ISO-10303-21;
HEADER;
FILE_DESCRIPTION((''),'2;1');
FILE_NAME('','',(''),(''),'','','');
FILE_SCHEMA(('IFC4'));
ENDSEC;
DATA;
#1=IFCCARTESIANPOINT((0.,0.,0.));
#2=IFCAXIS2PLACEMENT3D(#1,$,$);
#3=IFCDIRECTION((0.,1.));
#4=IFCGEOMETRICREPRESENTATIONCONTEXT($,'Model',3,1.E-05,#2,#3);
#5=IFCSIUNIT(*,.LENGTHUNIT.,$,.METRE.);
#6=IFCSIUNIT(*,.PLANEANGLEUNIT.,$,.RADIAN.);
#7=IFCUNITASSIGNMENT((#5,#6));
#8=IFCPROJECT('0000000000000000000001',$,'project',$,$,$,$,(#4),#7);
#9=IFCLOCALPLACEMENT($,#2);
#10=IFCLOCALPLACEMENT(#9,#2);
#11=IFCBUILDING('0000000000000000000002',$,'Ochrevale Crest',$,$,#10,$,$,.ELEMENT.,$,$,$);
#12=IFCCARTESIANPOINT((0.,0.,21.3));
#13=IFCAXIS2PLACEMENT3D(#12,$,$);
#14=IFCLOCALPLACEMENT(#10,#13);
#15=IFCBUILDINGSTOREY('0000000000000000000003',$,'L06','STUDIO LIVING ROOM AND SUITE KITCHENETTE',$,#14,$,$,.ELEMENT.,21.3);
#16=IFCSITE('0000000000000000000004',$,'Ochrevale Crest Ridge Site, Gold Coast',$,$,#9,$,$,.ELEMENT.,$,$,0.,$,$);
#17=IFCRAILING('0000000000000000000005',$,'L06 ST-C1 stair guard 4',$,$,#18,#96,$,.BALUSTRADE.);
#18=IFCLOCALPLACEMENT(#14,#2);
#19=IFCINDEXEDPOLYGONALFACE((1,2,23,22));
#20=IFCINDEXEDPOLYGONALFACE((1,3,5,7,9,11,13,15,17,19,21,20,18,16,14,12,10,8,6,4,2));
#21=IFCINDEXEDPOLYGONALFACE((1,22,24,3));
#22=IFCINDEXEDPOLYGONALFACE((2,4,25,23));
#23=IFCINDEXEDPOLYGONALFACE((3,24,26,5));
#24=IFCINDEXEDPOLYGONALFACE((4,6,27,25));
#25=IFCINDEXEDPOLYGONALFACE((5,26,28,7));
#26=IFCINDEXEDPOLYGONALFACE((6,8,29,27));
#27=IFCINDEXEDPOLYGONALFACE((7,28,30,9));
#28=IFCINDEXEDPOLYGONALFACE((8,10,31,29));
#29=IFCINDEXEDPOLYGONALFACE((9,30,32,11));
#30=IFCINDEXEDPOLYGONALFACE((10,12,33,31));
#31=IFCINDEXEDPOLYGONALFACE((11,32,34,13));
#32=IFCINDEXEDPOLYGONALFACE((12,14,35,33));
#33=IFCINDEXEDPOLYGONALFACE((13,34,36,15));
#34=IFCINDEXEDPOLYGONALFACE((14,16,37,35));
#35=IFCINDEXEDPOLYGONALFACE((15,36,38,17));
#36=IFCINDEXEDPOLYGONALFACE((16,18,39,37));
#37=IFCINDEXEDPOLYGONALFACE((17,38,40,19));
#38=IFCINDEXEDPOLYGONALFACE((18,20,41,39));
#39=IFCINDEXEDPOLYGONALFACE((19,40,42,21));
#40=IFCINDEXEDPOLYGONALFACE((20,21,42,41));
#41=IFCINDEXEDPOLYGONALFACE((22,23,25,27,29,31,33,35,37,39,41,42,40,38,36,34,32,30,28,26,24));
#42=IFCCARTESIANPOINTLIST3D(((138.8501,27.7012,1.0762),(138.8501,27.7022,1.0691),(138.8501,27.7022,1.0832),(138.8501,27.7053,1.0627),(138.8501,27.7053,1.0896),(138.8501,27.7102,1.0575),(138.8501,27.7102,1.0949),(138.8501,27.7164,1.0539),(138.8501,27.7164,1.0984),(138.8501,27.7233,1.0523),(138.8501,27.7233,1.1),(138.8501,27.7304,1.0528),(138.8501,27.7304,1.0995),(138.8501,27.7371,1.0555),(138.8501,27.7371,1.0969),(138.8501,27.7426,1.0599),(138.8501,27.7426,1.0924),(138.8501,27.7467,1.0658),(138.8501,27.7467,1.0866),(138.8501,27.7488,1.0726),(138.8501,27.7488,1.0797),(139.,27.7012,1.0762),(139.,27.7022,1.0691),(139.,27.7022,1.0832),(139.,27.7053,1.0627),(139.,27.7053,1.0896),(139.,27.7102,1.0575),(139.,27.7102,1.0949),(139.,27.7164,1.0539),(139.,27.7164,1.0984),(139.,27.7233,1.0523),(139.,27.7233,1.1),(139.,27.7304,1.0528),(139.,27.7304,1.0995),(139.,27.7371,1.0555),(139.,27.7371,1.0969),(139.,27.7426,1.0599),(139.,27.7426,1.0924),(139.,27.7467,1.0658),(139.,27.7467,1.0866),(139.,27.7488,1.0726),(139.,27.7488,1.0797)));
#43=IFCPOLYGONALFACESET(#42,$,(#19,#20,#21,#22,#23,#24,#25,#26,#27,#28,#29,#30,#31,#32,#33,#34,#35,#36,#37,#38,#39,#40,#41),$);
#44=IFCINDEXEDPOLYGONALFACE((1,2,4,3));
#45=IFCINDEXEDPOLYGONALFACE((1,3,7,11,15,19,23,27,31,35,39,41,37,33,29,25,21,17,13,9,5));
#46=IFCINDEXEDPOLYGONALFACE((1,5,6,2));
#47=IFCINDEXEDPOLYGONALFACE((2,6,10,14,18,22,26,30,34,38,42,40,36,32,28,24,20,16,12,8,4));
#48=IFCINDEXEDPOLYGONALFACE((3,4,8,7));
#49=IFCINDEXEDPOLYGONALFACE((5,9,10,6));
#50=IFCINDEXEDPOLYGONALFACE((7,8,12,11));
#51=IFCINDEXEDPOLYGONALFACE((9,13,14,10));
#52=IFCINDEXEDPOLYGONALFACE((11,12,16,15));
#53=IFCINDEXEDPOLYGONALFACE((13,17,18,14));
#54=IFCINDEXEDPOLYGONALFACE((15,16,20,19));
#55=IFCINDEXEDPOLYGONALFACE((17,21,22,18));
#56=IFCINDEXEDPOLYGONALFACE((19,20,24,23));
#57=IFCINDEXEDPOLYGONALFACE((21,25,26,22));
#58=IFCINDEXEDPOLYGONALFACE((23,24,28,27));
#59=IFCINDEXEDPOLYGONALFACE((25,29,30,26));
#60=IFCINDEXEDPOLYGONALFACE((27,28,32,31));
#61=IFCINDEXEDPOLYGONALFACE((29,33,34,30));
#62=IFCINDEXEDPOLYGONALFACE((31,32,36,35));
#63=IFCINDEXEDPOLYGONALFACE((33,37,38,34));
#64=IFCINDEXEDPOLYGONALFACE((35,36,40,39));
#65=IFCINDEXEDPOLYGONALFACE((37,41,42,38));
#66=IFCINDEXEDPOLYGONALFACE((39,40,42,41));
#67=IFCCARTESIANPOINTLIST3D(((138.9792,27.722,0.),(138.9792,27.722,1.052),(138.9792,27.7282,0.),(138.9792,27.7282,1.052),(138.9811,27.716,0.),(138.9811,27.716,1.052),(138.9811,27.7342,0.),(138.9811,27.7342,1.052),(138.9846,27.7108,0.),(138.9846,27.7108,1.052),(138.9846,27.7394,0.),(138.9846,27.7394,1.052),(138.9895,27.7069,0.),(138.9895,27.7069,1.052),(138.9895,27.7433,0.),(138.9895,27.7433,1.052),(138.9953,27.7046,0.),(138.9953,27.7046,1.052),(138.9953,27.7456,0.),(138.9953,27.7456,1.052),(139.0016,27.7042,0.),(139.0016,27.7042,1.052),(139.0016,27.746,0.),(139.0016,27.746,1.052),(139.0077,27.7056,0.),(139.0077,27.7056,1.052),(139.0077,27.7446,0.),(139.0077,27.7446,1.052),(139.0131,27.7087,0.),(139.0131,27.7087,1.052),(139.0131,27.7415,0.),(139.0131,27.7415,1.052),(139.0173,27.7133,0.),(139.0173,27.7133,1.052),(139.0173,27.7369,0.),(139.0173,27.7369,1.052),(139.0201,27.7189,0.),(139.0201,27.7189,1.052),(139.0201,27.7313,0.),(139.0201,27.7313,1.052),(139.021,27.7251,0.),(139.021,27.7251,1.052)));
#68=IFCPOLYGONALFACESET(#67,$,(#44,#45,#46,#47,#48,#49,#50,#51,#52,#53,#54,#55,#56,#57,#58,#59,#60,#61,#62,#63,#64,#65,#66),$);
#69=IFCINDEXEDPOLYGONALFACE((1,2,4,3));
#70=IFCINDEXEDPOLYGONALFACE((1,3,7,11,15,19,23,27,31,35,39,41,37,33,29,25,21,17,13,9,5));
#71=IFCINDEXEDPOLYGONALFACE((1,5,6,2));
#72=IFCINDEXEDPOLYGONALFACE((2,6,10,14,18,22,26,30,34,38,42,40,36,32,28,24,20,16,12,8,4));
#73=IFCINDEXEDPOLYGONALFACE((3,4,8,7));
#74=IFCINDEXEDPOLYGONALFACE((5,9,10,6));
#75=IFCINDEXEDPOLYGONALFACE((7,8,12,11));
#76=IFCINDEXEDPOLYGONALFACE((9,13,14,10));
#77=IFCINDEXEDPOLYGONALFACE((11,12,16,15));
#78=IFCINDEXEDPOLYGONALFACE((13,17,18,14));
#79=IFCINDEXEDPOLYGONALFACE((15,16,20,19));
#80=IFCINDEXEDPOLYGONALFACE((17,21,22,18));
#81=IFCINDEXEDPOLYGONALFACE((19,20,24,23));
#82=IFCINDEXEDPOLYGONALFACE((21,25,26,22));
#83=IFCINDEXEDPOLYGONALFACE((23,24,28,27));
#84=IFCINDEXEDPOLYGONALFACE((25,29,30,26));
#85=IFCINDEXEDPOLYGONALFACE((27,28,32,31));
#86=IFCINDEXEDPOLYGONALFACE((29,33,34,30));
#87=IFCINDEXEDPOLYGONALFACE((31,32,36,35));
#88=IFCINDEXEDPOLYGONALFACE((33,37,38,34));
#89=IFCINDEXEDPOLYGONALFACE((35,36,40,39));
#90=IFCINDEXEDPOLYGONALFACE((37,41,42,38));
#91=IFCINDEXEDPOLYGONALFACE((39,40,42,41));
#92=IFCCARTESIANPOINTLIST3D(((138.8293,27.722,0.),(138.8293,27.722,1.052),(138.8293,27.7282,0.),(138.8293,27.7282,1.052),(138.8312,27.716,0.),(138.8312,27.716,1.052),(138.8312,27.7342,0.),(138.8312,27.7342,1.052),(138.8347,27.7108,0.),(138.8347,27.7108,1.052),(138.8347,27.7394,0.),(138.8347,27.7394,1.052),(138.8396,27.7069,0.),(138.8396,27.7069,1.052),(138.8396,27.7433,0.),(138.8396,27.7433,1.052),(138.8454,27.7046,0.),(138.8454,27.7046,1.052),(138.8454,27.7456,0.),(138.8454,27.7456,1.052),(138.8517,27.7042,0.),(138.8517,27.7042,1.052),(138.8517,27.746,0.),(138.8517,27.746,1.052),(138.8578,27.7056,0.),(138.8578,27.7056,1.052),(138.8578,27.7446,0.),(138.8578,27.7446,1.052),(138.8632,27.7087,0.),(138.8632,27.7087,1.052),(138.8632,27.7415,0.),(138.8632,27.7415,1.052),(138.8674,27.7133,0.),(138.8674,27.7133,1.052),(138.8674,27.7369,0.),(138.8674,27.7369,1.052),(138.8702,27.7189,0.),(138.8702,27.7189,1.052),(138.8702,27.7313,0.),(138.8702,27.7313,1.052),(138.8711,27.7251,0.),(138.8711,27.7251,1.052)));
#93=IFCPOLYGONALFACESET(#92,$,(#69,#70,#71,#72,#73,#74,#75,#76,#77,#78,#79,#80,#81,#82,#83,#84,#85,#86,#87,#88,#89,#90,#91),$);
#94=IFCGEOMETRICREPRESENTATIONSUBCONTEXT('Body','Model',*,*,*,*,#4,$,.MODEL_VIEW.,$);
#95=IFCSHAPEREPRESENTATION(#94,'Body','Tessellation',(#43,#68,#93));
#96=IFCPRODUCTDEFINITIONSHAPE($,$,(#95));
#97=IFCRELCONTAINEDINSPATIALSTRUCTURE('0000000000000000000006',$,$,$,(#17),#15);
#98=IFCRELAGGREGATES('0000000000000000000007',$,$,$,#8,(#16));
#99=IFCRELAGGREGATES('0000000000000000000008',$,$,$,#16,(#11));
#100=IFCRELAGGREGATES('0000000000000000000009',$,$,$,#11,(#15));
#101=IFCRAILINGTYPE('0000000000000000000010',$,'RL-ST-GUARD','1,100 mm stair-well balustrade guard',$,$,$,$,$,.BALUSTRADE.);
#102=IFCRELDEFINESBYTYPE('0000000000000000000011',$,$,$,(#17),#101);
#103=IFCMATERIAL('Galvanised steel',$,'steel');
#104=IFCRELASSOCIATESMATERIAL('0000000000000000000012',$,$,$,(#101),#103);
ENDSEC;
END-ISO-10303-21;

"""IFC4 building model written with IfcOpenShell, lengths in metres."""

from ifc_helpers import new_model, si_unit, direction, frame, origin, origin_2d, place, context, subcontext, project, spatial, circle, extrude, material, type_object, element, save


model = new_model("IFC4")

# Units and contexts
model_context = context("Model", 3, precision=1e-05, world=origin(), true_north=direction((0.0, 1.0)))
body_context = subcontext(model_context, "Body", "Model", "MODEL_VIEW")
ifc_project = project(units=[si_unit("LENGTHUNIT", "METRE"), si_unit("PLANEANGLEUNIT", "RADIAN")], contexts=[model_context])

# Site, building, storey
site_placement = place(None, origin())
site = spatial("IfcSite", under=ifc_project, at=site_placement, Name="Ochrevale Crest Ridge Site, Gold Coast", CompositionType="ELEMENT", RefElevation=0.0)
building_placement = place(site_placement, origin())
building = spatial("IfcBuilding", under=site, at=building_placement, Name="Ochrevale Crest", CompositionType="ELEMENT")
storey_placement = place(building_placement, frame((0.0, 0.0, 21.3)))
storey = spatial("IfcBuildingStorey", under=building, at=storey_placement, Name="L06", Description="STUDIO LIVING ROOM AND SUITE KITCHENETTE", CompositionType="ELEMENT", Elevation=21.3)

# Railing
ifc_material_1 = material(Name="Galvanised steel", Category="steel")
railing_type_1 = type_object("IfcRailingType", Name="RL-ST-GUARD", Description="1,100 mm stair-well balustrade guard", PredefinedType="BALUSTRADE", material=ifc_material_1)
railing_1_placement = place(storey_placement, frame((139.0, 27.7251, 0.0)))
element("IfcRailing", 1, at=railing_1_placement, inside=storey, type_object=railing_type_1, Name="L06 ST-C1 stair guard 4", PredefinedType="BALUSTRADE", context=body_context, shape_type="SweptSolid", body=[
    extrude(circle(Radius=0.0239, at=origin_2d()), frame((0.0, 0.0, 1.0762), z_axis=(-1.0, 0.0, 0.0), x_axis=(0.0, -1.0, 0.0)), (0.0, 0.0, 1.0), 0.1499),
    extrude(circle(Radius=0.021, at=origin_2d()), origin(), (0.0, 0.0, 1.0), 1.052),
    extrude(circle(Radius=0.021, at=origin_2d()), frame((-0.1499, 0.0, 0.0)), (0.0, 0.0, 1.0), 1.052),
])

save(model, "model.ifc")
